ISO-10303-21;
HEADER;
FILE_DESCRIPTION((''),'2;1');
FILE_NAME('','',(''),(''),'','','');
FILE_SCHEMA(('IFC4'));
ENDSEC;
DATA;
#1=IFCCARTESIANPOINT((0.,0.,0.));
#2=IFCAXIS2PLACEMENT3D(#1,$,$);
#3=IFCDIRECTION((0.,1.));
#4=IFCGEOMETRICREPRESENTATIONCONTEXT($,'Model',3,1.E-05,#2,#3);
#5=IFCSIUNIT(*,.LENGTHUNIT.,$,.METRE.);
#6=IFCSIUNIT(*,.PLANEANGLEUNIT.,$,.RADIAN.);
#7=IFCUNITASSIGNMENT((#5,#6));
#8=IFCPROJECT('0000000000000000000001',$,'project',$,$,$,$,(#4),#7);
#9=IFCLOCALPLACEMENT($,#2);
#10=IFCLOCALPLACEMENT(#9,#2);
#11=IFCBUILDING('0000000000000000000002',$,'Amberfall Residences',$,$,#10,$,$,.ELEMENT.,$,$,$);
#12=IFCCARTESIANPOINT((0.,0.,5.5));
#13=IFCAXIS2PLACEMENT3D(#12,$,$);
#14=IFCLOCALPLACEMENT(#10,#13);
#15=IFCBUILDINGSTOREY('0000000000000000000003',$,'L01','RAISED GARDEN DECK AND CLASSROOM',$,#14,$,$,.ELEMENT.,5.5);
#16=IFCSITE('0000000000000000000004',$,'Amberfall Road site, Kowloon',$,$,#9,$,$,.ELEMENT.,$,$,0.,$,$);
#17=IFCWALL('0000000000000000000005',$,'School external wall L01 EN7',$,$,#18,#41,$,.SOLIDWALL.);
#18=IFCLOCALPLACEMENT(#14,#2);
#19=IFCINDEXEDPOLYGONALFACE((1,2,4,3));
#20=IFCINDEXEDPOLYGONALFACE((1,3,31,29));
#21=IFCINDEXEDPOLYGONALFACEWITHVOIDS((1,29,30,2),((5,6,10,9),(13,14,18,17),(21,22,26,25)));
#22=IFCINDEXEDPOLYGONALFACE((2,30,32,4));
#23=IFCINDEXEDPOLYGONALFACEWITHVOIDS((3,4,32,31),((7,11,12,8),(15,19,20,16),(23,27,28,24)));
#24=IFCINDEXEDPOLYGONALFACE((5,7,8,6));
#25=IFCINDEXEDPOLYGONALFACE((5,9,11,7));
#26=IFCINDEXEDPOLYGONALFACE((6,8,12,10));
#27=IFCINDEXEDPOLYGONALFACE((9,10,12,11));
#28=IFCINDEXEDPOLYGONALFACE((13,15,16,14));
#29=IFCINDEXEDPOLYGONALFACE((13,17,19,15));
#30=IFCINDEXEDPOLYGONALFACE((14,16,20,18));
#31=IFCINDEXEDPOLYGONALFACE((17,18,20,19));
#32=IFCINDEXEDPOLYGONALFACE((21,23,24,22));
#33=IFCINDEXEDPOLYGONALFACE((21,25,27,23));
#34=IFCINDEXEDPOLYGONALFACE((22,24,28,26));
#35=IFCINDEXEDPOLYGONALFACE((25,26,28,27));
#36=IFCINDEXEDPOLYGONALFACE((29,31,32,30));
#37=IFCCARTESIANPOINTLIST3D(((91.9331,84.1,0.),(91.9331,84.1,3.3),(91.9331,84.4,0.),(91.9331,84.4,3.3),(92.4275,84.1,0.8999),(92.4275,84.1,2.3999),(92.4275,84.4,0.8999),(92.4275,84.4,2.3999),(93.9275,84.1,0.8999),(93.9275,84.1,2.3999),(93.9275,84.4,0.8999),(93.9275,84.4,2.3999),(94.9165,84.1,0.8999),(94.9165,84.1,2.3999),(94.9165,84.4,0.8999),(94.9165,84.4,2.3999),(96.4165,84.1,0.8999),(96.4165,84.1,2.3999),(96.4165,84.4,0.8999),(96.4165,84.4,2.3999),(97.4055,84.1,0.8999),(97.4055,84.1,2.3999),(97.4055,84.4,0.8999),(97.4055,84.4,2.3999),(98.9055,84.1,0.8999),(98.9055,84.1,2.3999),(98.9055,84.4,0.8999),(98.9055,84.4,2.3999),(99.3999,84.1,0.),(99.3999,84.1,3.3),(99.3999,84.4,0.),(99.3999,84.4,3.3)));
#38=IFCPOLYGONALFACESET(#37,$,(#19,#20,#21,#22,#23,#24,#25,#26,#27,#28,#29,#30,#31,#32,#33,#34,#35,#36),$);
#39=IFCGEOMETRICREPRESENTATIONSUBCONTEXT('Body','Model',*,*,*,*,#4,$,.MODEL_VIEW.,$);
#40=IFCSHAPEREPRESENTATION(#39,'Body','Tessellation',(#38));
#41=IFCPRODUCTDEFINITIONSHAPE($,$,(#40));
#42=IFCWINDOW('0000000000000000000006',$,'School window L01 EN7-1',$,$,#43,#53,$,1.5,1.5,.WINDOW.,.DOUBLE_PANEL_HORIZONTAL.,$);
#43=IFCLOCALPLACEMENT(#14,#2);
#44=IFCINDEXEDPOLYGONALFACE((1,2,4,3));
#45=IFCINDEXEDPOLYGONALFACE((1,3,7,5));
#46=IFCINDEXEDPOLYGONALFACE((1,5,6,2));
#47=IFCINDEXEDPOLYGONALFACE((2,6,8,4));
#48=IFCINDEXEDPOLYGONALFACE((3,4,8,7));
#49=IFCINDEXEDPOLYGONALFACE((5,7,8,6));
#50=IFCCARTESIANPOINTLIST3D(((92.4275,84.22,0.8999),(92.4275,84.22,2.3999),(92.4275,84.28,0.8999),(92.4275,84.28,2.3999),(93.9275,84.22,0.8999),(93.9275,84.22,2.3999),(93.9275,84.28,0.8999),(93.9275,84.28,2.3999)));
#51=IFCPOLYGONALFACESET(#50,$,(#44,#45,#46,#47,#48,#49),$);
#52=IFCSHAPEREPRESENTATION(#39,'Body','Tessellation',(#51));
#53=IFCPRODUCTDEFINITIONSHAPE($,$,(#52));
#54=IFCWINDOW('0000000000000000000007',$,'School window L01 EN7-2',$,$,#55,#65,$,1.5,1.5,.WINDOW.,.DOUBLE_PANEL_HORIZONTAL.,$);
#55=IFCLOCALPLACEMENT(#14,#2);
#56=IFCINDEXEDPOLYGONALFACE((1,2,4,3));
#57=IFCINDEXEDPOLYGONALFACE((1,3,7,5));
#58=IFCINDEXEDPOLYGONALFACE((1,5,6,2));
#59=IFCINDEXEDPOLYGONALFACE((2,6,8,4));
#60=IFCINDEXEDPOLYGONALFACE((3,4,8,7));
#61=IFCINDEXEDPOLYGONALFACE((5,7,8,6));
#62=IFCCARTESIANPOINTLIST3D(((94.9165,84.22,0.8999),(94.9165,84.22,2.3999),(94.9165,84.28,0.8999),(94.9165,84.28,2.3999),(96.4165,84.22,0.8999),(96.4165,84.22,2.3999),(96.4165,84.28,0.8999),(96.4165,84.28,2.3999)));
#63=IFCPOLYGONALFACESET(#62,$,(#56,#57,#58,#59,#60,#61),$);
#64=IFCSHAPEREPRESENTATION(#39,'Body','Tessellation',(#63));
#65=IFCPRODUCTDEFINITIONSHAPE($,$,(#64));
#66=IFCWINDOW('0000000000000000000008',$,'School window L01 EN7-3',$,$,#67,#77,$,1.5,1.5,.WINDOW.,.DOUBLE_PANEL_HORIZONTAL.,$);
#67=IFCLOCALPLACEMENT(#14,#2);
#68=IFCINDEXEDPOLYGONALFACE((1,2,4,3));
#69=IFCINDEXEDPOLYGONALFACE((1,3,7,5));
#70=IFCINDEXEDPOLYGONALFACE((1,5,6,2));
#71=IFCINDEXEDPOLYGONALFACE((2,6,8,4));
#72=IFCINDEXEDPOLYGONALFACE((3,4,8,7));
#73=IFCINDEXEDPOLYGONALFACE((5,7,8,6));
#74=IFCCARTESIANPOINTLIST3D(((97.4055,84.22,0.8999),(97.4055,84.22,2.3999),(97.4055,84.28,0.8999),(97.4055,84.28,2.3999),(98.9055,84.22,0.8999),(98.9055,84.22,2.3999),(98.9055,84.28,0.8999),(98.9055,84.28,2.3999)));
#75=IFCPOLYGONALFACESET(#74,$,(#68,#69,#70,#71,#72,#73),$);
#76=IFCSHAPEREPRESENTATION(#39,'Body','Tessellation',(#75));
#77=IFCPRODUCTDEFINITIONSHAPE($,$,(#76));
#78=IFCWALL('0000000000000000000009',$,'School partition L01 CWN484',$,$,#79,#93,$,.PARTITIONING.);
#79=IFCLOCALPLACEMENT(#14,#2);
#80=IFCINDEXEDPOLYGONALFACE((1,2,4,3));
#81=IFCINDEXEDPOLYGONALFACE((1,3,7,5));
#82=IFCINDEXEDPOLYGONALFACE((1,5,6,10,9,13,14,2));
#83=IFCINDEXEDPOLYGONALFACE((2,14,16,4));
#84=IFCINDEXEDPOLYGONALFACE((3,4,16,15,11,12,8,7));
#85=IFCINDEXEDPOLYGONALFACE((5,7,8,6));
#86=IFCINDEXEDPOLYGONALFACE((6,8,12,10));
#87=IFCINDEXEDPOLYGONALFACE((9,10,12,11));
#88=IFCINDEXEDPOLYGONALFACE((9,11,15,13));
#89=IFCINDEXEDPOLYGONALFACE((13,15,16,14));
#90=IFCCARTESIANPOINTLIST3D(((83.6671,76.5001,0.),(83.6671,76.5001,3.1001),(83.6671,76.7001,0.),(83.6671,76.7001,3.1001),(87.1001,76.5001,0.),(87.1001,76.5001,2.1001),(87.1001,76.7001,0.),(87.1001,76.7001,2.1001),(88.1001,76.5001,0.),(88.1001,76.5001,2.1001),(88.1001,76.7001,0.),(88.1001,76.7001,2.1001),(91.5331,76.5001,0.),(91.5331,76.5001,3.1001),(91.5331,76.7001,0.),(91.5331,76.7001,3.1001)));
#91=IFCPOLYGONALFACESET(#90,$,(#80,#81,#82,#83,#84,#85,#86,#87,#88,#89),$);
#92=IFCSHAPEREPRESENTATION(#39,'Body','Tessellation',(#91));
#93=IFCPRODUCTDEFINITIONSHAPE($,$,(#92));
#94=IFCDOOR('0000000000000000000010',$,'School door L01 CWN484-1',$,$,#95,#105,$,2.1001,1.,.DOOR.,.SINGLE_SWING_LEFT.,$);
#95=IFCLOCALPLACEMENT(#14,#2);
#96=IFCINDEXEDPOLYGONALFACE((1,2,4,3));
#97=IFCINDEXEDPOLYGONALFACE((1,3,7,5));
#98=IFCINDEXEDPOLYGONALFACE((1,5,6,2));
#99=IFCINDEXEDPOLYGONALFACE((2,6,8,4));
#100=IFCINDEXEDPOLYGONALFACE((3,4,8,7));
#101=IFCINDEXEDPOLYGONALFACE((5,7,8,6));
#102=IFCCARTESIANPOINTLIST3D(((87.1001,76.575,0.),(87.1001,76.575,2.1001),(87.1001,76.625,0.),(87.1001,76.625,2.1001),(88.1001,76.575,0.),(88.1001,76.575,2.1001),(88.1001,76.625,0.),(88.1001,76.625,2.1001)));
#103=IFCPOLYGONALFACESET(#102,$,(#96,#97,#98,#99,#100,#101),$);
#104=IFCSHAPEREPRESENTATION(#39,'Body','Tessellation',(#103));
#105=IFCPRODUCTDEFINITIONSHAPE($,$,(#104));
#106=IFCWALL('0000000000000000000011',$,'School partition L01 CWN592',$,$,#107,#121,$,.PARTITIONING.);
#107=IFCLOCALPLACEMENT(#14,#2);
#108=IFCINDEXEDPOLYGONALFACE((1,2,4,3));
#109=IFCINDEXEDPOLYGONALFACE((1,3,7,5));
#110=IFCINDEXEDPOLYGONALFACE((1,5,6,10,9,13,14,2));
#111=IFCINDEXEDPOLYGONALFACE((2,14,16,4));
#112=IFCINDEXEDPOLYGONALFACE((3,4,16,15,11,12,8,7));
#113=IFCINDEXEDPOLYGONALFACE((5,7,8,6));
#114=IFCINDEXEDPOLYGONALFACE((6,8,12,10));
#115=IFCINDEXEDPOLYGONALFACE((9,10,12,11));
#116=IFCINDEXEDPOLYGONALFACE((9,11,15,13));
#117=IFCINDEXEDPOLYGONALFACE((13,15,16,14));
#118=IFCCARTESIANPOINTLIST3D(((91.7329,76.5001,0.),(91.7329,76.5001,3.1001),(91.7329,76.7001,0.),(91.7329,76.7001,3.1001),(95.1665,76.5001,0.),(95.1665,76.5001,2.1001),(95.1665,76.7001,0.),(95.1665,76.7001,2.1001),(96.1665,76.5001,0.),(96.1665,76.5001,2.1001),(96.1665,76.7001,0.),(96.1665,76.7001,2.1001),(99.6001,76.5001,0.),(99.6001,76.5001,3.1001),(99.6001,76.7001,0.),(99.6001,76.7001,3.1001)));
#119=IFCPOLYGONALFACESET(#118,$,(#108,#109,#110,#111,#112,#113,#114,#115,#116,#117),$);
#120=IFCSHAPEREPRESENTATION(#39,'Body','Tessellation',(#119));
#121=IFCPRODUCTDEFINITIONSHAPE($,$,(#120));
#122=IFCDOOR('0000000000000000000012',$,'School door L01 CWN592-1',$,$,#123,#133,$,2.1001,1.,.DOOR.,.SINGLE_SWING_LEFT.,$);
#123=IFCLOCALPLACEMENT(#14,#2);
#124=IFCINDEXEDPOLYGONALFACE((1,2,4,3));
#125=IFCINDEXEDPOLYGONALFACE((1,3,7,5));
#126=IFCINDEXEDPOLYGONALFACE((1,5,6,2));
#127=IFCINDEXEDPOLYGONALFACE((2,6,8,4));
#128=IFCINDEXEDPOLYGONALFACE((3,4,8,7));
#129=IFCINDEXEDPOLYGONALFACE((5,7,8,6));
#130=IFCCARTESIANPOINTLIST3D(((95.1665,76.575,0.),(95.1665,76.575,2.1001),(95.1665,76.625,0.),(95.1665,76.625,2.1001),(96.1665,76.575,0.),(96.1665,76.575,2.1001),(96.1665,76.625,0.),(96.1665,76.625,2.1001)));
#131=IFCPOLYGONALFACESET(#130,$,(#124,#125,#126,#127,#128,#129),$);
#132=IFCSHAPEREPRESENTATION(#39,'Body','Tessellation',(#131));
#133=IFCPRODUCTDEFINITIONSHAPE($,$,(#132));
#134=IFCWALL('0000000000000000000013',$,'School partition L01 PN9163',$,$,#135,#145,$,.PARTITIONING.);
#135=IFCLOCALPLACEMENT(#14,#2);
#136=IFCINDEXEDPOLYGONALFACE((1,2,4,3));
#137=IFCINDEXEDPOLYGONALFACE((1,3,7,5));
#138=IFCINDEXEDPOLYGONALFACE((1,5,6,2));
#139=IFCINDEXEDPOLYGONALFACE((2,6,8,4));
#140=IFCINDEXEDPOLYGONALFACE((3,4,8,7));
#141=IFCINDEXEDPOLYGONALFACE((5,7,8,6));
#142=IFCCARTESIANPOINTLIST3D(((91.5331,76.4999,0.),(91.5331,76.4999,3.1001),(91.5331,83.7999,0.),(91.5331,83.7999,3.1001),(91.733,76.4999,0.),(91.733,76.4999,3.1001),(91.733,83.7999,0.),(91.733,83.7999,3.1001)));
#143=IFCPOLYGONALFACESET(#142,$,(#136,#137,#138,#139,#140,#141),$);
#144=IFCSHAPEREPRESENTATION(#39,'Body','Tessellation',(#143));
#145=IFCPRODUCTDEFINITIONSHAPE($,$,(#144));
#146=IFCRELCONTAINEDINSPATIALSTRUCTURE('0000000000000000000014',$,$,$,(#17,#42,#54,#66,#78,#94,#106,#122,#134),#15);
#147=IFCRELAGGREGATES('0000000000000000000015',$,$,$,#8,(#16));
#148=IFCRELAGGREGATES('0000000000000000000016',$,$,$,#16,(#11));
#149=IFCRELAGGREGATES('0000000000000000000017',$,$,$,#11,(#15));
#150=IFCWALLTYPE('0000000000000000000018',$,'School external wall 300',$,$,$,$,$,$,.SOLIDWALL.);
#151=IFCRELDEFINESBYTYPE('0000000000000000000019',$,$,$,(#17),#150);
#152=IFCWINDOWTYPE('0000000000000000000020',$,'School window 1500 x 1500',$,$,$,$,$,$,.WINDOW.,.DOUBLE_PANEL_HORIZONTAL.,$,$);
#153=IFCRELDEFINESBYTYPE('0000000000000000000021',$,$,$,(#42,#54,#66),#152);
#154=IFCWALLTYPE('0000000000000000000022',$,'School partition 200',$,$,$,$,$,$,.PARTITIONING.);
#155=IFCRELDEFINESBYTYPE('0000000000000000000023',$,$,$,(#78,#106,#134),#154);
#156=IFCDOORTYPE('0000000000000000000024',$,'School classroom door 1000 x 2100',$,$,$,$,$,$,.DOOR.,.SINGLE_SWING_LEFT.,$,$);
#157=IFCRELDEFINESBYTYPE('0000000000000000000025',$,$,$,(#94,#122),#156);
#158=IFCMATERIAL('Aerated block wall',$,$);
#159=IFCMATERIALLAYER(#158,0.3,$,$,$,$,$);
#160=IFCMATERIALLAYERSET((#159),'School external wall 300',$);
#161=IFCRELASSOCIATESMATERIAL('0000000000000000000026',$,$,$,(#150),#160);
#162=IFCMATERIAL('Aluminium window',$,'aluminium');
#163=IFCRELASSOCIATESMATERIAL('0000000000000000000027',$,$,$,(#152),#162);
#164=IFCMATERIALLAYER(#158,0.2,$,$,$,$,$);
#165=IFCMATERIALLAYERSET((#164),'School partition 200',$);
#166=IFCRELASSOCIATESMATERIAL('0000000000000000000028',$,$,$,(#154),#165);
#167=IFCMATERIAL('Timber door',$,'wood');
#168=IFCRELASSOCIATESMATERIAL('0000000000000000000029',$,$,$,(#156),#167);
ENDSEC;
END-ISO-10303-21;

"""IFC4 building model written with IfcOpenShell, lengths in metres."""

from ifc_helpers import new_model, si_unit, direction, frame, frame_2d, origin, place, context, subcontext, project, spatial, rectangle, extrude, material, layer, layer_set, type_object, element, fill, save


model = new_model("IFC4")

# Units and contexts
model_context = context("Model", 3, precision=1e-05, world=origin(), true_north=direction((0.0, 1.0)))
body_context = subcontext(model_context, "Body", "Model", "MODEL_VIEW")
ifc_project = project(units=[si_unit("LENGTHUNIT", "METRE"), si_unit("PLANEANGLEUNIT", "RADIAN")], contexts=[model_context])

# Site, building, storey
site_placement = place(None, origin())
site = spatial("IfcSite", under=ifc_project, at=site_placement, Name="Amberfall Road site, Kowloon", CompositionType="ELEMENT", RefElevation=0.0)
building_placement = place(site_placement, origin())
building = spatial("IfcBuilding", under=site, at=building_placement, Name="Amberfall Residences", CompositionType="ELEMENT")
storey_placement = place(building_placement, frame((0.0, 0.0, 5.5)))
storey = spatial("IfcBuildingStorey", under=building, at=storey_placement, Name="L01", Description="RAISED GARDEN DECK AND CLASSROOM", CompositionType="ELEMENT", Elevation=5.5)

# Wall, openings, windows
ifc_material_1 = material(Name="Aerated block wall")
ifc_layer_1 = layer(ifc_material_1, 0.3)
ifc_layer_set_1 = layer_set([ifc_layer_1], Name="School external wall 300")
wall_type_1 = type_object("IfcWallType", Name="School external wall 300", PredefinedType="SOLIDWALL", material=ifc_layer_set_1)
ifc_material_2 = material(Name="Aluminium window", Category="aluminium")
window_type = type_object("IfcWindowType", Name="School window 1500 x 1500", PartitioningType="DOUBLE_PANEL_HORIZONTAL", PredefinedType="WINDOW", material=ifc_material_2)
wall_1_placement = place(storey_placement, frame((91.9331, 84.25, 0.0), z_axis=(0.0, 0.0, 1.0), x_axis=(1.0, 0.0, 0.0)))
wall_1 = element("IfcWall", 1, at=wall_1_placement, inside=storey, type_object=wall_type_1, Name="School external wall L01 EN7", PredefinedType="SOLIDWALL", context=body_context, shape_type="SweptSolid", body=[
    extrude(rectangle(XDim=7.4668, YDim=0.3, at=frame_2d((3.7334, 0.0))), origin(), (0.0, 0.0, 1.0), 3.3),
])
opening_1_placement = place(wall_1_placement, frame((0.4944, 0.0, 0.8999)))
opening_1 = element("IfcOpeningElement", 2, at=opening_1_placement, cuts=wall_1, PredefinedType="OPENING", context=body_context, shape_type="SweptSolid", body=[
    extrude(rectangle(XDim=1.5, YDim=1.5, at=frame_2d((0.75, 0.75))), frame((0.0, 0.1599, 0.0), z_axis=(0.0, -1.0, 0.0), x_axis=(1.0, 0.0, 0.0)), (0.0, 0.0, 1.0), 0.3201),
])
opening_2_placement = place(wall_1_placement, frame((2.9834, 0.0, 0.8999)))
opening_2 = element("IfcOpeningElement", 3, at=opening_2_placement, cuts=wall_1, PredefinedType="OPENING", context=body_context, shape_type="SweptSolid", body=[
    extrude(rectangle(XDim=1.5, YDim=1.5, at=frame_2d((0.75, 0.75))), frame((0.0, 0.1599, 0.0), z_axis=(0.0, -1.0, 0.0), x_axis=(1.0, 0.0, 0.0)), (0.0, 0.0, 1.0), 0.3201),
])
opening_3_placement = place(wall_1_placement, frame((5.4724, 0.0, 0.8999)))
opening_3 = element("IfcOpeningElement", 4, at=opening_3_placement, cuts=wall_1, PredefinedType="OPENING", context=body_context, shape_type="SweptSolid", body=[
    extrude(rectangle(XDim=1.5, YDim=1.5, at=frame_2d((0.75, 0.75))), frame((0.0, 0.1599, 0.0), z_axis=(0.0, -1.0, 0.0), x_axis=(1.0, 0.0, 0.0)), (0.0, 0.0, 1.0), 0.3201),
])
window_1_placement = place(opening_1_placement, origin())
window_1 = element("IfcWindow", 5, at=window_1_placement, inside=storey, type_object=window_type, Name="School window L01 EN7-1", OverallHeight=1.5, OverallWidth=1.5, PartitioningType="DOUBLE_PANEL_HORIZONTAL", PredefinedType="WINDOW", context=body_context, shape_type="SweptSolid", body=[
    extrude(rectangle(XDim=1.5, YDim=1.5, at=frame_2d((0.75, 0.75))), frame((0.0, 0.03, 0.0), z_axis=(0.0, -1.0, 0.0), x_axis=(1.0, 0.0, 0.0)), (0.0, 0.0, 1.0), 0.0601),
])
fill(opening_1, window_1)
window_2_placement = place(opening_2_placement, origin())
window_2 = element("IfcWindow", 6, at=window_2_placement, inside=storey, type_object=window_type, Name="School window L01 EN7-2", OverallHeight=1.5, OverallWidth=1.5, PartitioningType="DOUBLE_PANEL_HORIZONTAL", PredefinedType="WINDOW", context=body_context, shape_type="SweptSolid", body=[
    extrude(rectangle(XDim=1.5, YDim=1.5, at=frame_2d((0.75, 0.75))), frame((0.0, 0.03, 0.0), z_axis=(0.0, -1.0, 0.0), x_axis=(1.0, 0.0, 0.0)), (0.0, 0.0, 1.0), 0.0601),
])
fill(opening_2, window_2)
window_3_placement = place(opening_3_placement, origin())
window_3 = element("IfcWindow", 7, at=window_3_placement, inside=storey, type_object=window_type, Name="School window L01 EN7-3", OverallHeight=1.5, OverallWidth=1.5, PartitioningType="DOUBLE_PANEL_HORIZONTAL", PredefinedType="WINDOW", context=body_context, shape_type="SweptSolid", body=[
    extrude(rectangle(XDim=1.5, YDim=1.5, at=frame_2d((0.75, 0.75))), frame((0.0, 0.03, 0.0), z_axis=(0.0, -1.0, 0.0), x_axis=(1.0, 0.0, 0.0)), (0.0, 0.0, 1.0), 0.0601),
])
fill(opening_3, window_3)

# Walls, openings, doors
ifc_layer_2 = layer(ifc_material_1, 0.2)
ifc_layer_set_2 = layer_set([ifc_layer_2], Name="School partition 200")
wall_type_2 = type_object("IfcWallType", Name="School partition 200", PredefinedType="PARTITIONING", material=ifc_layer_set_2)
wall_2_placement = place(storey_placement, frame((83.667, 76.6001, 0.0), z_axis=(0.0, 0.0, 1.0), x_axis=(1.0, 0.0, 0.0)))
wall_2 = element("IfcWall", 8, at=wall_2_placement, inside=storey, type_object=wall_type_2, Name="School partition L01 CWN484", PredefinedType="PARTITIONING", context=body_context, shape_type="SweptSolid", body=[
    extrude(rectangle(XDim=7.866, YDim=0.2, at=frame_2d((3.9331, 0.0))), origin(), (0.0, 0.0, 1.0), 3.1001),
])
opening_4_placement = place(wall_2_placement, frame((3.4331, 0.0, 0.0)))
opening_4 = element("IfcOpeningElement", 9, at=opening_4_placement, cuts=wall_2, PredefinedType="OPENING", context=body_context, shape_type="SweptSolid", body=[
    extrude(rectangle(XDim=1.0, YDim=2.1001, at=frame_2d((0.5, 1.05))), frame((0.0, 0.1099, 0.0), z_axis=(0.0, -1.0, 0.0), x_axis=(1.0, 0.0, 0.0)), (0.0, 0.0, 1.0), 0.22),
])
ifc_material_3 = material(Name="Timber door", Category="wood")
door_type_1 = type_object("IfcDoorType", Name="School classroom door 1000 x 2100", OperationType="SINGLE_SWING_LEFT", PredefinedType="DOOR", material=ifc_material_3)
door_1_placement = place(opening_4_placement, origin())
door_1 = element("IfcDoor", 10, at=door_1_placement, inside=storey, type_object=door_type_1, Name="School door L01 CWN484-1", OperationType="SINGLE_SWING_LEFT", OverallHeight=2.1001, OverallWidth=1.0, PredefinedType="DOOR", context=body_context, shape_type="SweptSolid", body=[
    extrude(rectangle(XDim=1.0, YDim=2.1001, at=frame_2d((0.5, 1.05))), frame((0.0, 0.0249, 0.0), z_axis=(0.0, -1.0, 0.0), x_axis=(1.0, 0.0, 0.0)), (0.0, 0.0, 1.0), 0.05),
])
fill(opening_4, door_1)
wall_3_placement = place(storey_placement, frame((91.7329, 76.6001, 0.0), z_axis=(0.0, 0.0, 1.0), x_axis=(1.0, 0.0, 0.0)))
wall_3 = element("IfcWall", 11, at=wall_3_placement, inside=storey, type_object=wall_type_2, Name="School partition L01 CWN592", PredefinedType="PARTITIONING", context=body_context, shape_type="SweptSolid", body=[
    extrude(rectangle(XDim=7.8672, YDim=0.2, at=frame_2d((3.9336, 0.0))), origin(), (0.0, 0.0, 1.0), 3.1001),
])
opening_5_placement = place(wall_3_placement, frame((3.4336, 0.0, 0.0)))
opening_5 = element("IfcOpeningElement", 12, at=opening_5_placement, cuts=wall_3, PredefinedType="OPENING", context=body_context, shape_type="SweptSolid", body=[
    extrude(rectangle(XDim=1.0, YDim=2.1001, at=frame_2d((0.5, 1.05))), frame((0.0, 0.1099, 0.0), z_axis=(0.0, -1.0, 0.0), x_axis=(1.0, 0.0, 0.0)), (0.0, 0.0, 1.0), 0.22),
])
door_2_placement = place(opening_5_placement, origin())
door_2 = element("IfcDoor", 13, at=door_2_placement, inside=storey, type_object=door_type_1, Name="School door L01 CWN592-1", OperationType="SINGLE_SWING_LEFT", OverallHeight=2.1001, OverallWidth=1.0, PredefinedType="DOOR", context=body_context, shape_type="SweptSolid", body=[
    extrude(rectangle(XDim=1.0, YDim=2.1001, at=frame_2d((0.5, 1.05))), frame((0.0, 0.0249, 0.0), z_axis=(0.0, -1.0, 0.0), x_axis=(1.0, 0.0, 0.0)), (0.0, 0.0, 1.0), 0.05),
])
fill(opening_5, door_2)

# Wall
wall_4_placement = place(storey_placement, frame((91.6331, 76.5, 0.0), z_axis=(0.0, 0.0, 1.0), x_axis=(0.0, 1.0, 0.0)))
element("IfcWall", 14, at=wall_4_placement, inside=storey, type_object=wall_type_2, Name="School partition L01 PN9163", PredefinedType="PARTITIONING", context=body_context, shape_type="SweptSolid", body=[
    extrude(rectangle(XDim=7.3, YDim=0.2, at=frame_2d((3.6499, 0.0))), origin(), (0.0, 0.0, 1.0), 3.1001),
])

save(model, "model.ifc")
